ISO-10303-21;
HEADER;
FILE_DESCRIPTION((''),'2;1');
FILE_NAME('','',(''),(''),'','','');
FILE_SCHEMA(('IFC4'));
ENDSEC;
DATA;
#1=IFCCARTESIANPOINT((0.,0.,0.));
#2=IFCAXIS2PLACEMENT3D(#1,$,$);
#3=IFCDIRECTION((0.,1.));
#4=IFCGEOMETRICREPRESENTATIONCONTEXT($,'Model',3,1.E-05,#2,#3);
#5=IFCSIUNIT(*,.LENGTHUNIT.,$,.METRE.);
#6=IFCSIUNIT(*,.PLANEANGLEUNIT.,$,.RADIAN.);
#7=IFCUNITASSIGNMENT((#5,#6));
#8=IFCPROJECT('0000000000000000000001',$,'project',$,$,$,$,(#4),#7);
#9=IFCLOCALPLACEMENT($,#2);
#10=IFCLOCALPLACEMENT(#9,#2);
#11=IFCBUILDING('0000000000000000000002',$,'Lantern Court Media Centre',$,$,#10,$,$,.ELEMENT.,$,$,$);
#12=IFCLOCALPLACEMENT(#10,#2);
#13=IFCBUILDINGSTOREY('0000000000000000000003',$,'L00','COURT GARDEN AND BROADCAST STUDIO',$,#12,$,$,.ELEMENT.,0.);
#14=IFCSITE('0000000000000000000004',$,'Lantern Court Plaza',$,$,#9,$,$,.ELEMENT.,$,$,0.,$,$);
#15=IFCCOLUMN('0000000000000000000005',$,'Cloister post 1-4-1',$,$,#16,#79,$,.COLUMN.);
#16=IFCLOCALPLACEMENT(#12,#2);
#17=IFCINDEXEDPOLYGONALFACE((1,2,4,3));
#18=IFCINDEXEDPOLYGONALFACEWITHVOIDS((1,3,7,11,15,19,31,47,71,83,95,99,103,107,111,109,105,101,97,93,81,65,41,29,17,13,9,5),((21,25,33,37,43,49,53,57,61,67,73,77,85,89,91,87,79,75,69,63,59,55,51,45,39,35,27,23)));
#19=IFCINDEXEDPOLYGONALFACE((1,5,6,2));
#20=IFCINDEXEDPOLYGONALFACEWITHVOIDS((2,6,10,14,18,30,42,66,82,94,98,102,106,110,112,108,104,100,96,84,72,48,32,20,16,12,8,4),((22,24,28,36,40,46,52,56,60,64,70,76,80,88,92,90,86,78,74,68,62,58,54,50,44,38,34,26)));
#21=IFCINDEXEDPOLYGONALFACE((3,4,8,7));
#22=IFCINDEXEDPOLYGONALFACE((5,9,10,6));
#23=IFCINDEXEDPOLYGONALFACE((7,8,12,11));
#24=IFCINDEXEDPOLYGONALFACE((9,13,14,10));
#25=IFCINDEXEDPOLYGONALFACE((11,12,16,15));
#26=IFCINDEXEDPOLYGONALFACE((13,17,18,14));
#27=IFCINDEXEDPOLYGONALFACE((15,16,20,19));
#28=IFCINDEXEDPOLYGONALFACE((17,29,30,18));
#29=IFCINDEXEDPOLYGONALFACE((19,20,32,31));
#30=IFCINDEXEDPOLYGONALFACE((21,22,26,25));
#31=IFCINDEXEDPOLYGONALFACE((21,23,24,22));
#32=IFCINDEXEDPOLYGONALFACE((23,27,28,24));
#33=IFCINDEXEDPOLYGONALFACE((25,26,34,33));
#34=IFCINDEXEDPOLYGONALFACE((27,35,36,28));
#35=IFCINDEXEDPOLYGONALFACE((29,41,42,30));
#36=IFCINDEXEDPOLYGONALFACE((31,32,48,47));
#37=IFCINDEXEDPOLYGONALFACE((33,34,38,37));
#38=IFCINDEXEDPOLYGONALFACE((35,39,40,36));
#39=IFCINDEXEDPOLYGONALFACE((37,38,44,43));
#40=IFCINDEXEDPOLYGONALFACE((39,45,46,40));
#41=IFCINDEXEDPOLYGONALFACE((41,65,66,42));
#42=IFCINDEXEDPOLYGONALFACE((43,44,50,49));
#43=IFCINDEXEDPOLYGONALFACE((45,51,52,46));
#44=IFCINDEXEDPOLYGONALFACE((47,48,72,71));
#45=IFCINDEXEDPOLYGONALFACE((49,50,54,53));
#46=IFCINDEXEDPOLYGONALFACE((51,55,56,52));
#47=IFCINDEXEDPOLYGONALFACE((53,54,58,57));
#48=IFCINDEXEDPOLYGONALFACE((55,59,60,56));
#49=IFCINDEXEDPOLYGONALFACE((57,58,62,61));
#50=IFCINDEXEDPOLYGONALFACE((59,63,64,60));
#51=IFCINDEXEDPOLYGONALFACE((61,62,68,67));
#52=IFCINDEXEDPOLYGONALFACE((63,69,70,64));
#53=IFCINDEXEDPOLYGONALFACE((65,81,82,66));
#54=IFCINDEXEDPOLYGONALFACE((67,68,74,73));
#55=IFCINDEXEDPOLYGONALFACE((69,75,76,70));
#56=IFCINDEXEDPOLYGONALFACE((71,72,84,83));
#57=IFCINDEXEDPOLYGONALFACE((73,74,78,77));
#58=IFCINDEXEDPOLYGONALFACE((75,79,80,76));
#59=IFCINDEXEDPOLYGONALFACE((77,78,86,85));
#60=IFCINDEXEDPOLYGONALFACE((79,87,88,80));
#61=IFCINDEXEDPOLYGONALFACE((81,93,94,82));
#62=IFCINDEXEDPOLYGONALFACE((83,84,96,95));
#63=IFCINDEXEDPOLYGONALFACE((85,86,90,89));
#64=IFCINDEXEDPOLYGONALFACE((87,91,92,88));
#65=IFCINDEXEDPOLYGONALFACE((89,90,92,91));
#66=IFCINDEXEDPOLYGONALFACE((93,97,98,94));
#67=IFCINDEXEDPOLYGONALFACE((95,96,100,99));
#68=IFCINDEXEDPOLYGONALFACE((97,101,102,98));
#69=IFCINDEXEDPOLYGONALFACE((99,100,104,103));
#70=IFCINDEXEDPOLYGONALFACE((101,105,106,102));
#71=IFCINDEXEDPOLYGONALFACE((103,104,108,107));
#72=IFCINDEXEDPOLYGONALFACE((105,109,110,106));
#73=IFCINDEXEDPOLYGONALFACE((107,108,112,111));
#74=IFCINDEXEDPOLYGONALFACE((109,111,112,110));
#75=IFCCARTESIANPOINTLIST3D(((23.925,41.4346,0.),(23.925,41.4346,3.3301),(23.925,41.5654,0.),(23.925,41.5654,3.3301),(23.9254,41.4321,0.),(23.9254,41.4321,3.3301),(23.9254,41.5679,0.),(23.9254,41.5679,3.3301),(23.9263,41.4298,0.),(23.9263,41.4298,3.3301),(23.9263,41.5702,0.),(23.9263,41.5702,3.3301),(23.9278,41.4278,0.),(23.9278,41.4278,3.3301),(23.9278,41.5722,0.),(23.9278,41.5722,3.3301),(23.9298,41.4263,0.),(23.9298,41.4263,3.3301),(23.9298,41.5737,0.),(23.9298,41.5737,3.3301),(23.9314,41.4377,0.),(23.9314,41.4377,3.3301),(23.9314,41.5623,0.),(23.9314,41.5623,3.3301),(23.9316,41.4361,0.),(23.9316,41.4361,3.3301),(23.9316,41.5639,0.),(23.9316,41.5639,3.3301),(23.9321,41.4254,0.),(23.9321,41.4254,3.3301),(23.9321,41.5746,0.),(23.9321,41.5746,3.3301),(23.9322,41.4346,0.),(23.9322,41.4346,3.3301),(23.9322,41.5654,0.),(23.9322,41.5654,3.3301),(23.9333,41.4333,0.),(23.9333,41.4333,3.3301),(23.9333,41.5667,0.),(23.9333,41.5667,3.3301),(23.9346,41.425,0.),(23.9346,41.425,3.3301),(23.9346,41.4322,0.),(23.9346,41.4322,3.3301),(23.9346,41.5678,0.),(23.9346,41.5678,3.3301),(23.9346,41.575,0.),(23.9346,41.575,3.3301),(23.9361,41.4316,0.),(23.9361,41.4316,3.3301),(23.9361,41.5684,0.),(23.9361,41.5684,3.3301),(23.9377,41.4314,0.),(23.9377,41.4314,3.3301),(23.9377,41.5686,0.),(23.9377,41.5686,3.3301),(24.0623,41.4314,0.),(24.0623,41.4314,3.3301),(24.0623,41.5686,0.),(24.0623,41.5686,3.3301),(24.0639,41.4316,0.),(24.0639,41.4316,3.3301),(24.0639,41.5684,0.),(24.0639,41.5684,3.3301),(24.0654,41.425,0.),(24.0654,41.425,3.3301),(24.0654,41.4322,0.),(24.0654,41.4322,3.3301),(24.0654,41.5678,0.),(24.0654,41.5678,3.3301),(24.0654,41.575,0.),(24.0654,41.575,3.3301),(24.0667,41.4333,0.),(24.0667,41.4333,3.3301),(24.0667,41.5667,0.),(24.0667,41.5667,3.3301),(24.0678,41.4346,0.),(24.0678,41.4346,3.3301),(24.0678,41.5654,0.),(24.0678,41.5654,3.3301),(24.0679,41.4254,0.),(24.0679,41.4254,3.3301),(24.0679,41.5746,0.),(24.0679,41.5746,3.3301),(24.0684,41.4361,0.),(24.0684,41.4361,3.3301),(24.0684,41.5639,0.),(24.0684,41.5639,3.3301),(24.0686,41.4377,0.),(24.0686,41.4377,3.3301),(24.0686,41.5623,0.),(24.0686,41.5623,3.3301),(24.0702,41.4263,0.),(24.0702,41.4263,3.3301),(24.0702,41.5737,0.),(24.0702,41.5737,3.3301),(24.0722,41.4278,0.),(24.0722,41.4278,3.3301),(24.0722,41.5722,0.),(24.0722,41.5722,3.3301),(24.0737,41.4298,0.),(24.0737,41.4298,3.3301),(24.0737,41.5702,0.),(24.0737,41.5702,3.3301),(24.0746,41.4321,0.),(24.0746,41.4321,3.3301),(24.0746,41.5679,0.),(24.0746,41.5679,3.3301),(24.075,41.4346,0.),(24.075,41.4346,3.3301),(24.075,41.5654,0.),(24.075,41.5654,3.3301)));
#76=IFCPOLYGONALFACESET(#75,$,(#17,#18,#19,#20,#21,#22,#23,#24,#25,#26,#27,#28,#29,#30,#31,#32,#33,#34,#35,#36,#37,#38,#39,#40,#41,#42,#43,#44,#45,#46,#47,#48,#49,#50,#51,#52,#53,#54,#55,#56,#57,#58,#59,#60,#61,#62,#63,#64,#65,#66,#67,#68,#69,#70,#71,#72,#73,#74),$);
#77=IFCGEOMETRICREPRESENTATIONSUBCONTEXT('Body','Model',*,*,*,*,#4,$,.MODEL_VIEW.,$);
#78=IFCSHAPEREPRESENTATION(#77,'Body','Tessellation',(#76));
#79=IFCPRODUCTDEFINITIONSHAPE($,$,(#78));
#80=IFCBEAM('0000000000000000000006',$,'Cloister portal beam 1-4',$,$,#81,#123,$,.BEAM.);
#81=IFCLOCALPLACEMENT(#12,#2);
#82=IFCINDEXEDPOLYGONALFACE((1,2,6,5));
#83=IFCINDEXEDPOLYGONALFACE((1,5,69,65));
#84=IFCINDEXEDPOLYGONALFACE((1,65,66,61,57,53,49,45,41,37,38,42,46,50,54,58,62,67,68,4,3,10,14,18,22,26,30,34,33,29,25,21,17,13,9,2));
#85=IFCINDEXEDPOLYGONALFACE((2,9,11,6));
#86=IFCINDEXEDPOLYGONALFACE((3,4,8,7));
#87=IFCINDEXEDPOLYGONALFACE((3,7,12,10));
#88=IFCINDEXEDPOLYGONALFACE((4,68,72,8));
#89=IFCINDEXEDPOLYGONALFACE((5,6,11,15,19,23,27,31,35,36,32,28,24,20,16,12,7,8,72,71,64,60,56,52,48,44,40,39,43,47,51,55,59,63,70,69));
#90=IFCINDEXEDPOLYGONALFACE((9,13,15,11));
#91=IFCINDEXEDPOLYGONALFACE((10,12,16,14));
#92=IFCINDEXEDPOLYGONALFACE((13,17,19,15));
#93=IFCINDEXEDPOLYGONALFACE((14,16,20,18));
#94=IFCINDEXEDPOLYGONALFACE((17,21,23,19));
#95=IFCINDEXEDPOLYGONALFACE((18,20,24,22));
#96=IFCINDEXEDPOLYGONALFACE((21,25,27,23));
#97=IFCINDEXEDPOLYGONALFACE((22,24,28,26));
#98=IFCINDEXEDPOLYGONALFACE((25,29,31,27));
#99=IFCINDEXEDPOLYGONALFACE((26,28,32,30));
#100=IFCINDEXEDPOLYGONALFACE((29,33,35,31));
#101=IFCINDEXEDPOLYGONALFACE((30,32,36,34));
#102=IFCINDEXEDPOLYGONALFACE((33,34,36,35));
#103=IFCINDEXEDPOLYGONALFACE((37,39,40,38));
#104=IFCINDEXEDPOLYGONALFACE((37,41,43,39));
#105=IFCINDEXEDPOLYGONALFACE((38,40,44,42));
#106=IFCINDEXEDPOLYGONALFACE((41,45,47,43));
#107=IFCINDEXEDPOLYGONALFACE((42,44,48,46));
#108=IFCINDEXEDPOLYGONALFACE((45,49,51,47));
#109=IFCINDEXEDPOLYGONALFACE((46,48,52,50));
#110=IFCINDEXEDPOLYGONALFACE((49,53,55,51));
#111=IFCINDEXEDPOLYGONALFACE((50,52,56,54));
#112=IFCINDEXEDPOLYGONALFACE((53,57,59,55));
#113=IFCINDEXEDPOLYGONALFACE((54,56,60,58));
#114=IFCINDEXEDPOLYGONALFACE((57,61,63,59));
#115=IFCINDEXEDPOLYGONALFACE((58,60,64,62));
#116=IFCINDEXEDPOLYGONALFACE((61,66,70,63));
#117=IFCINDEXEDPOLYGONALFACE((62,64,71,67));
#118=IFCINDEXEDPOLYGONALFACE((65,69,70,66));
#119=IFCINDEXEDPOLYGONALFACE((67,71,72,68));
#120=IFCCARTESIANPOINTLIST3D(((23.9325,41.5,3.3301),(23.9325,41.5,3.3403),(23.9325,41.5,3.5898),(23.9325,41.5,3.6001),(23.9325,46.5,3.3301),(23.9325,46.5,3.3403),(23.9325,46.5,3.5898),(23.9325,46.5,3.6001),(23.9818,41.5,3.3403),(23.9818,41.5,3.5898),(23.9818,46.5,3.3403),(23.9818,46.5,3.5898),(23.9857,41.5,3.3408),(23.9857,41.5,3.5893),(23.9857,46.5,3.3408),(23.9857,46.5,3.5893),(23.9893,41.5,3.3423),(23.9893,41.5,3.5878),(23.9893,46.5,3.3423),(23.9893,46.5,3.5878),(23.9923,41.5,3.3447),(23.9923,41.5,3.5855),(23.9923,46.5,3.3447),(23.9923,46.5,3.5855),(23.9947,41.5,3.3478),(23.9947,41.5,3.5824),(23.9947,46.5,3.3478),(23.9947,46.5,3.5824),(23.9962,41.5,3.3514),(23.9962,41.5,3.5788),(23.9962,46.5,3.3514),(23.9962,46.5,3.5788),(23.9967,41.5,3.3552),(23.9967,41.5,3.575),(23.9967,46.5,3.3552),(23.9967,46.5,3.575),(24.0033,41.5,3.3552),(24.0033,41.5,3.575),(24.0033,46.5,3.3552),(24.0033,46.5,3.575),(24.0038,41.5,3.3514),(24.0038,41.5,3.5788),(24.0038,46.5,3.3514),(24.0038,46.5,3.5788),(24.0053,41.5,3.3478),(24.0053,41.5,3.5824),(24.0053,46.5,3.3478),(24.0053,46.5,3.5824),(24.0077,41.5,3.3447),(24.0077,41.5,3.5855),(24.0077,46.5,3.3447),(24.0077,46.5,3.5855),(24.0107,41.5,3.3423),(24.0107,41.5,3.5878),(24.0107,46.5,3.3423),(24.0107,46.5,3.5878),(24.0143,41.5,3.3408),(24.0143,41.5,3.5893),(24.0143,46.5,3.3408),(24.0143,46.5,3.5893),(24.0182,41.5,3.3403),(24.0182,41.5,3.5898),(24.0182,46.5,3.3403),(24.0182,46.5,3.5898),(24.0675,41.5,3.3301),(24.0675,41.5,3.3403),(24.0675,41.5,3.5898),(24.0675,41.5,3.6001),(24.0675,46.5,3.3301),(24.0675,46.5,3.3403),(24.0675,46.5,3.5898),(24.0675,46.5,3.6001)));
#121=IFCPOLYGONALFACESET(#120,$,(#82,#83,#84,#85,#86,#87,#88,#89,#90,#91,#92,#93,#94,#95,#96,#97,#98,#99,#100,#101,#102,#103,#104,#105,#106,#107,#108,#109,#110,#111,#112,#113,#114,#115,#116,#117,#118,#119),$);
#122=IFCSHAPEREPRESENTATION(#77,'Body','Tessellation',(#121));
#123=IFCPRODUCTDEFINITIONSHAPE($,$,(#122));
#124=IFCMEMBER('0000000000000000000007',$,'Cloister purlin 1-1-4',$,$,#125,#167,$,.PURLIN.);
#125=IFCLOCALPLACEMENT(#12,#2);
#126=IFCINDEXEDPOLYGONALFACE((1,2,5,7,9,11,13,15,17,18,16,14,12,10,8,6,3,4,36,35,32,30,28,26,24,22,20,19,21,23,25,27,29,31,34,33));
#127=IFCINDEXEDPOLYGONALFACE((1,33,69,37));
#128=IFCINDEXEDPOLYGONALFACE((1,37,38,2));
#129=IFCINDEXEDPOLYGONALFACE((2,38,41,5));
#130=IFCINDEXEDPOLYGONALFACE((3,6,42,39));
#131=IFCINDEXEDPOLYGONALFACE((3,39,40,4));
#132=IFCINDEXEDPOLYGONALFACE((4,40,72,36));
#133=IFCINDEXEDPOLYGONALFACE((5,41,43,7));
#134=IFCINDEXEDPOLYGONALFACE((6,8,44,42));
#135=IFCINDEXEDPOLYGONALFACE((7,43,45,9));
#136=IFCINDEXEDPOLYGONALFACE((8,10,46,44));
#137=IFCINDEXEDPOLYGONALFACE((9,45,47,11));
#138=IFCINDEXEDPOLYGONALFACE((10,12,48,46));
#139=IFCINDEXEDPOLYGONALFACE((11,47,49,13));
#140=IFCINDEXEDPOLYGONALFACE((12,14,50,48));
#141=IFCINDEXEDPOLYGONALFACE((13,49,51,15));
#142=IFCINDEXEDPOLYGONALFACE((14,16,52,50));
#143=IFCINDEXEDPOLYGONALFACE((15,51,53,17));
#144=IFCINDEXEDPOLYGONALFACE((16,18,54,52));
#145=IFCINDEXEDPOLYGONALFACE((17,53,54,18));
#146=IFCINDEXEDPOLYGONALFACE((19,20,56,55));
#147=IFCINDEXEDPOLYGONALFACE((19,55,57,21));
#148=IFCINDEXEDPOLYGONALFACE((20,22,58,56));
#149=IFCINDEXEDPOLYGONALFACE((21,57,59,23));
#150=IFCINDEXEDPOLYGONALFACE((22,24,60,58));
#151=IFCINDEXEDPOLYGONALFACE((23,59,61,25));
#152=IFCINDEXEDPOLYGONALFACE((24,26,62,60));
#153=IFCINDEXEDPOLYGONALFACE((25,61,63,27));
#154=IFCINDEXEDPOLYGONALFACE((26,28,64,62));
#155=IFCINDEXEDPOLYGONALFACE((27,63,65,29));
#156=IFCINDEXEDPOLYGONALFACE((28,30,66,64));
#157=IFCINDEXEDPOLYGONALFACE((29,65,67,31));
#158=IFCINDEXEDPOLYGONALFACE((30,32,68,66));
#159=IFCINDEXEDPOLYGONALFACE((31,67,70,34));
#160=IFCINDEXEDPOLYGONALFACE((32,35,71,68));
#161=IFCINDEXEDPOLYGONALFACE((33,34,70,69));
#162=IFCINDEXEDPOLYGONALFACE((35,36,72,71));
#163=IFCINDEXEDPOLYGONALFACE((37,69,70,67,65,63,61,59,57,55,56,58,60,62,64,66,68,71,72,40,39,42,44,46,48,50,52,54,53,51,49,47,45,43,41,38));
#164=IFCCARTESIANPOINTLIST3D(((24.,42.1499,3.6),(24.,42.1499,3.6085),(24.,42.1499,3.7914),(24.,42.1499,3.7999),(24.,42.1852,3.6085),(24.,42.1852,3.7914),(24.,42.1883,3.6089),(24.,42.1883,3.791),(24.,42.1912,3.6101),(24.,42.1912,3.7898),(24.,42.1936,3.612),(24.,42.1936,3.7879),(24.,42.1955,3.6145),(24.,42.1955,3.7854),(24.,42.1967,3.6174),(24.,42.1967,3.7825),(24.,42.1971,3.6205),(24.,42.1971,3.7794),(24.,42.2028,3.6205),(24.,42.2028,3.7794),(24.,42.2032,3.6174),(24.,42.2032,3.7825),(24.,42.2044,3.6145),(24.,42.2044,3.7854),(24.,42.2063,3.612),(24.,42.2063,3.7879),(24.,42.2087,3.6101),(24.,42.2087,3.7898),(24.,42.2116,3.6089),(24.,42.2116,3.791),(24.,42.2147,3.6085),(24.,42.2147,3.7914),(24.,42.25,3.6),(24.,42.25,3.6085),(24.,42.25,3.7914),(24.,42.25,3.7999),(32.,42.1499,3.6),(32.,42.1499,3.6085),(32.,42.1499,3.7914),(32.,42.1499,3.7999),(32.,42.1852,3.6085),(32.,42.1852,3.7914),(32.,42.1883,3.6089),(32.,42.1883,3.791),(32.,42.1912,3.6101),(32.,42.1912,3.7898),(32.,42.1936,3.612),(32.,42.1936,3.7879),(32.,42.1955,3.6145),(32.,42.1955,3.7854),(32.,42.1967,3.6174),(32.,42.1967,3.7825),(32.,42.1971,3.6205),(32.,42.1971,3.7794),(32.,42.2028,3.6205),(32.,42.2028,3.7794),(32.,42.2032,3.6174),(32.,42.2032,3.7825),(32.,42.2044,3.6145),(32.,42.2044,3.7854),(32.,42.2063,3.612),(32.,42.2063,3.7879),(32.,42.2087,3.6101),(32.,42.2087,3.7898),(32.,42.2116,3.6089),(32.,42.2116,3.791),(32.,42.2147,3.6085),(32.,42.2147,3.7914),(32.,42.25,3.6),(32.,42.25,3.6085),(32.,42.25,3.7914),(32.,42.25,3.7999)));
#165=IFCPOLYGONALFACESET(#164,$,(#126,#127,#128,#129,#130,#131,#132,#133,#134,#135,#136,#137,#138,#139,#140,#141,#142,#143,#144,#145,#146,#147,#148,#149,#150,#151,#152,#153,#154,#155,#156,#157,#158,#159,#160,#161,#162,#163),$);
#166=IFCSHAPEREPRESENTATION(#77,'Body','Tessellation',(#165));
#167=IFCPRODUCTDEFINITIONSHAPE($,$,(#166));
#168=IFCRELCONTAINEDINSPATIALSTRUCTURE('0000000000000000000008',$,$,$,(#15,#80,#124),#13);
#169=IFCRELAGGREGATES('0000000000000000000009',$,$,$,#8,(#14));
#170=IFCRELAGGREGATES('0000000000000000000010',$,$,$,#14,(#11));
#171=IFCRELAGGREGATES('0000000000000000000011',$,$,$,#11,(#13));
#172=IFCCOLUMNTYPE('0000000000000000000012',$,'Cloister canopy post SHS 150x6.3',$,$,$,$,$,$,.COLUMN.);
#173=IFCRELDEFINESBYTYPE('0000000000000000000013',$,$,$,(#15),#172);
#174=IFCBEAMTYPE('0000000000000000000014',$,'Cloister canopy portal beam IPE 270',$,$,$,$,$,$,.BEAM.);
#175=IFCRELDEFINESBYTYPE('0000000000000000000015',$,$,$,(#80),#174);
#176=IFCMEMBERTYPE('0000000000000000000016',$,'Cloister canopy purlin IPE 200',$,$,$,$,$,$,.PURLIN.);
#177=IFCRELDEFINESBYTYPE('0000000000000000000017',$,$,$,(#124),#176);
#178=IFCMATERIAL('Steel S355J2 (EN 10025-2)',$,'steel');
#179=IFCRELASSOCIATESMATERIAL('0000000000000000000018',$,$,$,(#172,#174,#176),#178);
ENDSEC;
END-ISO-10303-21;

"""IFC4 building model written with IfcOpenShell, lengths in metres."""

from ifc_helpers import new_model, si_unit, direction, frame, origin, origin_2d, place, context, subcontext, project, spatial, hollow_rectangle, i_section, extrude, material, material_profile, profile_set, type_object, element, save


model = new_model("IFC4")

# Units and contexts
model_context = context("Model", 3, precision=1e-05, world=origin(), true_north=direction((0.0, 1.0)))
body_context = subcontext(model_context, "Body", "Model", "MODEL_VIEW")
ifc_project = project(units=[si_unit("LENGTHUNIT", "METRE"), si_unit("PLANEANGLEUNIT", "RADIAN")], contexts=[model_context])

# Site, building, storey
site_placement = place(None, origin())
site = spatial("IfcSite", under=ifc_project, at=site_placement, Name="Lantern Court Plaza", CompositionType="ELEMENT", RefElevation=0.0)
building_placement = place(site_placement, origin())
building = spatial("IfcBuilding", under=site, at=building_placement, Name="Lantern Court Media Centre", CompositionType="ELEMENT")
storey_placement = place(building_placement, origin())
storey = spatial("IfcBuildingStorey", under=building, at=storey_placement, Name="L00", Description="COURT GARDEN AND BROADCAST STUDIO", CompositionType="ELEMENT", Elevation=0.0)

# Column
ifc_material_1 = material(Name="Steel S355J2 (EN 10025-2)", Category="steel")
ifc_material_profile_1 = material_profile(ifc_material_1, hollow_rectangle(XDim=0.1499, YDim=0.1499, WallThickness=0.0063, InnerFilletRadius=0.0063, OuterFilletRadius=0.0095, at=origin_2d()), Name="Cloister canopy post SHS 150x6.3")
ifc_profile_set_1 = profile_set([ifc_material_profile_1], Name="Steel S355J2 (EN 10025-2)")
column_type = type_object("IfcColumnType", Name="Cloister canopy post SHS 150x6.3", PredefinedType="COLUMN", material=ifc_profile_set_1)
column_placement = place(storey_placement, frame((24.0, 41.5, 0.0), z_axis=(0.0, 0.0, 1.0), x_axis=(1.0, 0.0, 0.0)))
element("IfcColumn", 1, at=column_placement, inside=storey, type_object=column_type, Name="Cloister post 1-4-1", PredefinedType="COLUMN", context=body_context, shape_type="SweptSolid", body=[
    extrude(hollow_rectangle(XDim=0.1499, YDim=0.1499, WallThickness=0.0063, InnerFilletRadius=0.0063, OuterFilletRadius=0.0095, at=origin_2d()), origin(), (0.0, 0.0, 1.0), 3.3301),
])

# Beam
ifc_material_profile_2 = material_profile(ifc_material_1, i_section(OverallWidth=0.135, OverallDepth=0.27, WebThickness=0.0066, FlangeThickness=0.0103, FilletRadius=0.0149, at=origin_2d()), Name="IPE 270")
ifc_profile_set_2 = profile_set([ifc_material_profile_2], Name="Steel S355J2 (EN 10025-2)")
beam_type_1 = type_object("IfcBeamType", Name="Cloister canopy portal beam IPE 270", PredefinedType="BEAM", material=ifc_profile_set_2)
beam_1_placement = place(storey_placement, frame((24.0, 41.5, 3.4651), z_axis=(0.0, 1.0, 0.0), x_axis=(-1.0, 0.0, 0.0)))
element("IfcBeam", 2, at=beam_1_placement, inside=storey, type_object=beam_type_1, Name="Cloister portal beam 1-4", PredefinedType="BEAM", context=body_context, shape_type="SweptSolid", body=[
    extrude(i_section(OverallWidth=0.135, OverallDepth=0.27, WebThickness=0.0066, FlangeThickness=0.0103, FilletRadius=0.0149, at=origin_2d()), origin(), (0.0, 0.0, 1.0), 5.0),
])

# Member
ifc_material_profile_3 = material_profile(ifc_material_1, i_section(OverallWidth=0.1001, OverallDepth=0.2, WebThickness=0.0056, FlangeThickness=0.0085, FilletRadius=0.012, at=origin_2d()), Name="IPE 200")
ifc_profile_set_3 = profile_set([ifc_material_profile_3], Name="Steel S355J2 (EN 10025-2)")
member_type_1 = type_object("IfcMemberType", Name="Cloister canopy purlin IPE 200", PredefinedType="PURLIN", material=ifc_profile_set_3)
for number, where, z_axis, x_axis, name in (
    (3, (24.0, 42.2, 3.7), (1.0, 0.0, 0.0), (0.0, 1.0, 0.0), "Cloister purlin 1-1-4"),
):
    element("IfcMember", number, at=place(storey_placement, frame(where, z_axis=z_axis, x_axis=x_axis)), inside=storey, type_object=member_type_1, Name=name, PredefinedType="PURLIN", context=body_context, shape_type="SweptSolid", body=[
        extrude(i_section(OverallWidth=0.1001, OverallDepth=0.2, WebThickness=0.0056, FlangeThickness=0.0085, FilletRadius=0.012, at=origin_2d()), origin(), (0.0, 0.0, 1.0), 8.0),
    ])

save(model, "model.ifc")
